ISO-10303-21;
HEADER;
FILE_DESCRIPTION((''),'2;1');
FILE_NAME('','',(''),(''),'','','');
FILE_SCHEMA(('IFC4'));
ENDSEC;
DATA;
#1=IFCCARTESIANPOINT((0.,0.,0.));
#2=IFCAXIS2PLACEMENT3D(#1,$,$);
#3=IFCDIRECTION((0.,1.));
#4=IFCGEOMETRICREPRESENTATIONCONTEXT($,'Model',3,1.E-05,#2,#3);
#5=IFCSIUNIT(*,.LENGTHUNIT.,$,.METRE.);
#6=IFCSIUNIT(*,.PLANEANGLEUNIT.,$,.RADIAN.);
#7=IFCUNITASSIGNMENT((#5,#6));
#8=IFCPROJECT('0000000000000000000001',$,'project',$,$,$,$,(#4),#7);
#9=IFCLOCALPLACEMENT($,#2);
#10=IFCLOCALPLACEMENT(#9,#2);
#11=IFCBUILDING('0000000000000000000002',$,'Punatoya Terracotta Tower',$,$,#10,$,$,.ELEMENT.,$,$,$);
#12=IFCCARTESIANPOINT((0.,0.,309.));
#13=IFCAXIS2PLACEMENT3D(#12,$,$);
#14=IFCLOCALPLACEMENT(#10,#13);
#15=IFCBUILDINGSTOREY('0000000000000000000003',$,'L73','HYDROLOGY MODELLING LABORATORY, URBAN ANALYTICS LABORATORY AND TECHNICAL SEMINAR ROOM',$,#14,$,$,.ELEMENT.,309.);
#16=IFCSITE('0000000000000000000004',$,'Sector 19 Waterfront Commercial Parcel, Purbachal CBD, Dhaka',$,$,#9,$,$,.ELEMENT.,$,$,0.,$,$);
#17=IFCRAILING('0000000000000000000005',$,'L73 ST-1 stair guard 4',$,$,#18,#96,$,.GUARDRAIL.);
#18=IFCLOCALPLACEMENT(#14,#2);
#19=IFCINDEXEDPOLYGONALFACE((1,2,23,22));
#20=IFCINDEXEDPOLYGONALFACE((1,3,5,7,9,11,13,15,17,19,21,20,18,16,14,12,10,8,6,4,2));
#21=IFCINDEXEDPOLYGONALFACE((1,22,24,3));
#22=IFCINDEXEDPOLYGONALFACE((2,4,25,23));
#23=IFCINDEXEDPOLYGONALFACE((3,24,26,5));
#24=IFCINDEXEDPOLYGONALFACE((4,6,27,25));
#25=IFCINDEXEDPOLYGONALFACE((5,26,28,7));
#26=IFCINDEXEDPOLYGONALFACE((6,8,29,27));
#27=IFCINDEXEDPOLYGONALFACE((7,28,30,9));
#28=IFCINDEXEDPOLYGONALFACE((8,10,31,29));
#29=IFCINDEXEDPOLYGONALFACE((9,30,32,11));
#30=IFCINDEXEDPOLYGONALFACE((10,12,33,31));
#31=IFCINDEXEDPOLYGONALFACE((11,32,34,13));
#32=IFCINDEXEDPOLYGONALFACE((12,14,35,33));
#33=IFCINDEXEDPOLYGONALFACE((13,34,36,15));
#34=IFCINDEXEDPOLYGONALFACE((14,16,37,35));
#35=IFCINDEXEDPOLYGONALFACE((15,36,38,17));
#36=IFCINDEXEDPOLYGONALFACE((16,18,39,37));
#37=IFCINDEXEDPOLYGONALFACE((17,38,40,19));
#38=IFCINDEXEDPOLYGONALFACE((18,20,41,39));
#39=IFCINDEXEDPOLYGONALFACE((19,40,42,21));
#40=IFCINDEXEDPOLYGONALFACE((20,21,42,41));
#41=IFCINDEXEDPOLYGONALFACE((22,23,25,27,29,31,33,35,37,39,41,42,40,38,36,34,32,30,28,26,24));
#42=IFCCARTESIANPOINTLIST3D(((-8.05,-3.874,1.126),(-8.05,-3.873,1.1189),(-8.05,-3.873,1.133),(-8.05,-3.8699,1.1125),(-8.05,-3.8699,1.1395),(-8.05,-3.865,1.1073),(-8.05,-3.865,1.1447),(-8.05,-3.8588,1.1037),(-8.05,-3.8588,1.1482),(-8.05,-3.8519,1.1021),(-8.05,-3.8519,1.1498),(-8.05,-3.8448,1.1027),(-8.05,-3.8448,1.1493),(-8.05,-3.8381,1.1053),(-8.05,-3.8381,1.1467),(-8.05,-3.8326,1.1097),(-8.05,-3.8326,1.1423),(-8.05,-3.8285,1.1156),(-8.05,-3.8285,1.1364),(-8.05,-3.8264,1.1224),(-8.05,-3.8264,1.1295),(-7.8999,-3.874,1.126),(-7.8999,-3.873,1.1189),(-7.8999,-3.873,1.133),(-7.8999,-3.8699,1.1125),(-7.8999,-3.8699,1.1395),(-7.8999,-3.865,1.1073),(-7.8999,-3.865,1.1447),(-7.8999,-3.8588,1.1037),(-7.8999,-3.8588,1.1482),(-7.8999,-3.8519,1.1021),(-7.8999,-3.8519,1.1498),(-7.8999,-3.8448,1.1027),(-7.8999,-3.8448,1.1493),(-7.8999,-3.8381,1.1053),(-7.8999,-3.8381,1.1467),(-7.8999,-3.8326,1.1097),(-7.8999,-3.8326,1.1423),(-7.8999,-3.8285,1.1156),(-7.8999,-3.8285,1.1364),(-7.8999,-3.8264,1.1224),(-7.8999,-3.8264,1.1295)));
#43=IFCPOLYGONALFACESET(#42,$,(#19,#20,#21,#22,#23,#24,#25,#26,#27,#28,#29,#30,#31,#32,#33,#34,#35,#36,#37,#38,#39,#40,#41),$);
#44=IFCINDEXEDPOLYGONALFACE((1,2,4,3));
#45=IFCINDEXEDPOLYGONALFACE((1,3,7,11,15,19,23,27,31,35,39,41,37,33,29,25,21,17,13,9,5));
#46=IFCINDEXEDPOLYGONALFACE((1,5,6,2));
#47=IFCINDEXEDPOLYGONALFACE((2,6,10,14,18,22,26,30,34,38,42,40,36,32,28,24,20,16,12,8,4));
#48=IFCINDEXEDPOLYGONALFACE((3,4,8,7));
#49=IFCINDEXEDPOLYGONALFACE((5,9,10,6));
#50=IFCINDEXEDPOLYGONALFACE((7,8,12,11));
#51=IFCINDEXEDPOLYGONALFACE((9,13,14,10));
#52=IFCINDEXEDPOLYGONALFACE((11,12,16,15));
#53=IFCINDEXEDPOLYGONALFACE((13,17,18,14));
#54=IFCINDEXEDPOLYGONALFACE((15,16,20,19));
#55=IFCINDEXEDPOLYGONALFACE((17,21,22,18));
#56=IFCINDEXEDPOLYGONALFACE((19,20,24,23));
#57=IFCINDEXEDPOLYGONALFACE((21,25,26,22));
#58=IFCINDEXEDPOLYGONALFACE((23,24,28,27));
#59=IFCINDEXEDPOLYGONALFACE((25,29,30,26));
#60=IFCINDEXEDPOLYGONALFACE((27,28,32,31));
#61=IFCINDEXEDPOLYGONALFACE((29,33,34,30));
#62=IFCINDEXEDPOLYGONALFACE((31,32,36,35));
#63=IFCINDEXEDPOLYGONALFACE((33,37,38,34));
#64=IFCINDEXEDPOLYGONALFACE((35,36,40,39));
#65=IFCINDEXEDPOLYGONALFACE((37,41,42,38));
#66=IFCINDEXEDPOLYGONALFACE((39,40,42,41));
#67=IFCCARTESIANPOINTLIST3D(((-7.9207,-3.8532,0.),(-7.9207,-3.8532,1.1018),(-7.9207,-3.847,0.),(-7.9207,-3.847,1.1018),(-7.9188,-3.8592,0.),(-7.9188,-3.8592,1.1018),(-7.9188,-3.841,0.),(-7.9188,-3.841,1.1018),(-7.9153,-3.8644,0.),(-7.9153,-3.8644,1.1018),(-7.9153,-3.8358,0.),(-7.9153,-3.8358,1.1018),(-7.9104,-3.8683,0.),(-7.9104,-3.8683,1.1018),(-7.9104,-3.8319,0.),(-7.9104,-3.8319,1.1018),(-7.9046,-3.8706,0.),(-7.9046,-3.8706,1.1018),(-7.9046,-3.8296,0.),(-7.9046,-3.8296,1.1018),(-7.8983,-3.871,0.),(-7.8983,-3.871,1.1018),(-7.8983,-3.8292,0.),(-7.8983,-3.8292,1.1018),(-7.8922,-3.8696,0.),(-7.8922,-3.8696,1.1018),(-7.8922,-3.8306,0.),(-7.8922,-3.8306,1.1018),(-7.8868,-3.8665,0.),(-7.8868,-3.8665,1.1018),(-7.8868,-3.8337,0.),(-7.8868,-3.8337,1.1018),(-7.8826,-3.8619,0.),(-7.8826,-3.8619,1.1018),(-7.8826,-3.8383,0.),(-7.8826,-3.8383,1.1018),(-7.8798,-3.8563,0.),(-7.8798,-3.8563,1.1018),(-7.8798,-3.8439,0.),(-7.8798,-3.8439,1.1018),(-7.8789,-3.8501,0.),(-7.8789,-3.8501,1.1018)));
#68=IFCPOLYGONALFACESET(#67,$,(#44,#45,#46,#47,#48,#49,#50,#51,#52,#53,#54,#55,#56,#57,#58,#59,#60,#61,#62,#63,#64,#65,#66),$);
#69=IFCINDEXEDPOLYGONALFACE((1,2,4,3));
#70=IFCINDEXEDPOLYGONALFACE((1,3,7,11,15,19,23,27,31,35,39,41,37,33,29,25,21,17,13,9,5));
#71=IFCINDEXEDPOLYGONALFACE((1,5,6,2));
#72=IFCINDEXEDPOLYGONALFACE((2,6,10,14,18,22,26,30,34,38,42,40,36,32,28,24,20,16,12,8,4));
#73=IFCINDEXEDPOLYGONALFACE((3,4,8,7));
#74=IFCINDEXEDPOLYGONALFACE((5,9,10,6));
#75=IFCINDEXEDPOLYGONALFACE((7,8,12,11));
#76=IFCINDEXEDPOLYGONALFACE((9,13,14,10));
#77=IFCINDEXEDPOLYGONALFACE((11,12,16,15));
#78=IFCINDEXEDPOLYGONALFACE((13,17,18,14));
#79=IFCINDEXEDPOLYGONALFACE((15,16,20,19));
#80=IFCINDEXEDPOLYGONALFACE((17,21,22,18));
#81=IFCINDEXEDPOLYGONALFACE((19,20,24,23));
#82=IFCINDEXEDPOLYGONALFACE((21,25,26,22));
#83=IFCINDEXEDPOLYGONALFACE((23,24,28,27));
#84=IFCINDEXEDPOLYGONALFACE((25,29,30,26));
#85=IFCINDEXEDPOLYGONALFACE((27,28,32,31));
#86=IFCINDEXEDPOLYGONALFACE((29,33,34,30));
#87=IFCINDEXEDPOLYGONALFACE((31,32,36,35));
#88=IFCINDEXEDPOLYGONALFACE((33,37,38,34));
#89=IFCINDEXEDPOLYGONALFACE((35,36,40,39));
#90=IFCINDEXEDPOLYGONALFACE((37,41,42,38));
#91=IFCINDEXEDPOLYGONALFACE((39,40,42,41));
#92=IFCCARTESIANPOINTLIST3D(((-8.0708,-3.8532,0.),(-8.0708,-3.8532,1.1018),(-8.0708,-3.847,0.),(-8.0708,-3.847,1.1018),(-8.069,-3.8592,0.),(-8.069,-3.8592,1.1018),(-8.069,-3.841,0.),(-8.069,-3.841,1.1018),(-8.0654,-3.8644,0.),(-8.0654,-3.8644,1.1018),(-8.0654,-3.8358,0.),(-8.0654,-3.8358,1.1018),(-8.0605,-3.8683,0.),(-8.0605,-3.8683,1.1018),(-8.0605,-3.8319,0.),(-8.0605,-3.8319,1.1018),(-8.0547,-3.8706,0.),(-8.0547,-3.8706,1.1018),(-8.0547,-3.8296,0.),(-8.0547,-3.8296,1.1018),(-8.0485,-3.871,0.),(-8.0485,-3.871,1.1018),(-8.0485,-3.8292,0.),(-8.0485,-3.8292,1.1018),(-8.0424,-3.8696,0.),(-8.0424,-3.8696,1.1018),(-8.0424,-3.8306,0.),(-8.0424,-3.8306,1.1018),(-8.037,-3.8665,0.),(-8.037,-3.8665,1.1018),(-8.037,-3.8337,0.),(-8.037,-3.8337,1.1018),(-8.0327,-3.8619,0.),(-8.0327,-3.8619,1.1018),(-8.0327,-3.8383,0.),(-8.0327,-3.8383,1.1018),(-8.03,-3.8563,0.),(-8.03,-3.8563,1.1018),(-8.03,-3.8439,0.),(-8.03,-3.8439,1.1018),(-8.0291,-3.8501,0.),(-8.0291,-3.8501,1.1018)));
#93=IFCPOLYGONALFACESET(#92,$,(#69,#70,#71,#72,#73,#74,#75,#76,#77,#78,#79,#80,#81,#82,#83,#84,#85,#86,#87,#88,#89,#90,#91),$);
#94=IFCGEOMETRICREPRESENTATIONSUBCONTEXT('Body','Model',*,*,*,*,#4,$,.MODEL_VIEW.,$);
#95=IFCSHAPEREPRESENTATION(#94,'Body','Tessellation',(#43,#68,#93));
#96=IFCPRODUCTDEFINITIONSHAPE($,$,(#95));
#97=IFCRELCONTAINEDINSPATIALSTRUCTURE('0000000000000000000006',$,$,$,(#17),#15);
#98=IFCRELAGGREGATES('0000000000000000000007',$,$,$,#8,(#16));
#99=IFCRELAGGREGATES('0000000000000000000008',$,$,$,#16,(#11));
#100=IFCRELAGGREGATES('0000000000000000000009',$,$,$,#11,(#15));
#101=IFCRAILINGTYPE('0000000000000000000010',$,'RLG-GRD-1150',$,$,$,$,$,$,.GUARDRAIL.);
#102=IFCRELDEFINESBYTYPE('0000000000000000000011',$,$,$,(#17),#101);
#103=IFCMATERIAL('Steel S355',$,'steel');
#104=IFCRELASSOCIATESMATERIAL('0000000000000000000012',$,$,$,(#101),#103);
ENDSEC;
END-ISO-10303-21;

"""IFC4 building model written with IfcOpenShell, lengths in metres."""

from ifc_helpers import new_model, si_unit, direction, frame, origin, origin_2d, place, context, subcontext, project, spatial, circle, extrude, material, type_object, element, save


model = new_model("IFC4")

# Units and contexts
model_context = context("Model", 3, precision=1e-05, world=origin(), true_north=direction((0.0, 1.0)))
body_context = subcontext(model_context, "Body", "Model", "MODEL_VIEW")
ifc_project = project(units=[si_unit("LENGTHUNIT", "METRE"), si_unit("PLANEANGLEUNIT", "RADIAN")], contexts=[model_context])

# Site, building, storey
site_placement = place(None, origin())
site = spatial("IfcSite", under=ifc_project, at=site_placement, Name="Sector 19 Waterfront Commercial Parcel, Purbachal CBD, Dhaka", CompositionType="ELEMENT", RefElevation=0.0)
building_placement = place(site_placement, origin())
building = spatial("IfcBuilding", under=site, at=building_placement, Name="Punatoya Terracotta Tower", CompositionType="ELEMENT")
storey_placement = place(building_placement, frame((0.0, 0.0, 309.0)))
storey = spatial("IfcBuildingStorey", under=building, at=storey_placement, Name="L73", Description="HYDROLOGY MODELLING LABORATORY, URBAN ANALYTICS LABORATORY AND TECHNICAL SEMINAR ROOM", CompositionType="ELEMENT", Elevation=309.0)

# Shared definitions
ifc_material_1 = material(Name="Steel S355", Category="steel")

# Railing
railing_type_1 = type_object("IfcRailingType", Name="RLG-GRD-1150", PredefinedType="GUARDRAIL", material=ifc_material_1)
railing_1_placement = place(storey_placement, frame((-7.8999, -3.8501, 0.0)))
element("IfcRailing", 1, at=railing_1_placement, inside=storey, type_object=railing_type_1, Name="L73 ST-1 stair guard 4", PredefinedType="GUARDRAIL", context=body_context, shape_type="SweptSolid", body=[
    extrude(circle(Radius=0.0239, at=origin_2d()), frame((0.0, 0.0, 1.126), z_axis=(-1.0, 0.0, 0.0), x_axis=(0.0, -1.0, 0.0)), (0.0, 0.0, 1.0), 0.1501),
    extrude(circle(Radius=0.021, at=origin_2d()), origin(), (0.0, 0.0, 1.0), 1.1018),
    extrude(circle(Radius=0.021, at=origin_2d()), frame((-0.1501, 0.0, 0.0)), (0.0, 0.0, 1.0), 1.1018),
])

save(model, "model.ifc")
